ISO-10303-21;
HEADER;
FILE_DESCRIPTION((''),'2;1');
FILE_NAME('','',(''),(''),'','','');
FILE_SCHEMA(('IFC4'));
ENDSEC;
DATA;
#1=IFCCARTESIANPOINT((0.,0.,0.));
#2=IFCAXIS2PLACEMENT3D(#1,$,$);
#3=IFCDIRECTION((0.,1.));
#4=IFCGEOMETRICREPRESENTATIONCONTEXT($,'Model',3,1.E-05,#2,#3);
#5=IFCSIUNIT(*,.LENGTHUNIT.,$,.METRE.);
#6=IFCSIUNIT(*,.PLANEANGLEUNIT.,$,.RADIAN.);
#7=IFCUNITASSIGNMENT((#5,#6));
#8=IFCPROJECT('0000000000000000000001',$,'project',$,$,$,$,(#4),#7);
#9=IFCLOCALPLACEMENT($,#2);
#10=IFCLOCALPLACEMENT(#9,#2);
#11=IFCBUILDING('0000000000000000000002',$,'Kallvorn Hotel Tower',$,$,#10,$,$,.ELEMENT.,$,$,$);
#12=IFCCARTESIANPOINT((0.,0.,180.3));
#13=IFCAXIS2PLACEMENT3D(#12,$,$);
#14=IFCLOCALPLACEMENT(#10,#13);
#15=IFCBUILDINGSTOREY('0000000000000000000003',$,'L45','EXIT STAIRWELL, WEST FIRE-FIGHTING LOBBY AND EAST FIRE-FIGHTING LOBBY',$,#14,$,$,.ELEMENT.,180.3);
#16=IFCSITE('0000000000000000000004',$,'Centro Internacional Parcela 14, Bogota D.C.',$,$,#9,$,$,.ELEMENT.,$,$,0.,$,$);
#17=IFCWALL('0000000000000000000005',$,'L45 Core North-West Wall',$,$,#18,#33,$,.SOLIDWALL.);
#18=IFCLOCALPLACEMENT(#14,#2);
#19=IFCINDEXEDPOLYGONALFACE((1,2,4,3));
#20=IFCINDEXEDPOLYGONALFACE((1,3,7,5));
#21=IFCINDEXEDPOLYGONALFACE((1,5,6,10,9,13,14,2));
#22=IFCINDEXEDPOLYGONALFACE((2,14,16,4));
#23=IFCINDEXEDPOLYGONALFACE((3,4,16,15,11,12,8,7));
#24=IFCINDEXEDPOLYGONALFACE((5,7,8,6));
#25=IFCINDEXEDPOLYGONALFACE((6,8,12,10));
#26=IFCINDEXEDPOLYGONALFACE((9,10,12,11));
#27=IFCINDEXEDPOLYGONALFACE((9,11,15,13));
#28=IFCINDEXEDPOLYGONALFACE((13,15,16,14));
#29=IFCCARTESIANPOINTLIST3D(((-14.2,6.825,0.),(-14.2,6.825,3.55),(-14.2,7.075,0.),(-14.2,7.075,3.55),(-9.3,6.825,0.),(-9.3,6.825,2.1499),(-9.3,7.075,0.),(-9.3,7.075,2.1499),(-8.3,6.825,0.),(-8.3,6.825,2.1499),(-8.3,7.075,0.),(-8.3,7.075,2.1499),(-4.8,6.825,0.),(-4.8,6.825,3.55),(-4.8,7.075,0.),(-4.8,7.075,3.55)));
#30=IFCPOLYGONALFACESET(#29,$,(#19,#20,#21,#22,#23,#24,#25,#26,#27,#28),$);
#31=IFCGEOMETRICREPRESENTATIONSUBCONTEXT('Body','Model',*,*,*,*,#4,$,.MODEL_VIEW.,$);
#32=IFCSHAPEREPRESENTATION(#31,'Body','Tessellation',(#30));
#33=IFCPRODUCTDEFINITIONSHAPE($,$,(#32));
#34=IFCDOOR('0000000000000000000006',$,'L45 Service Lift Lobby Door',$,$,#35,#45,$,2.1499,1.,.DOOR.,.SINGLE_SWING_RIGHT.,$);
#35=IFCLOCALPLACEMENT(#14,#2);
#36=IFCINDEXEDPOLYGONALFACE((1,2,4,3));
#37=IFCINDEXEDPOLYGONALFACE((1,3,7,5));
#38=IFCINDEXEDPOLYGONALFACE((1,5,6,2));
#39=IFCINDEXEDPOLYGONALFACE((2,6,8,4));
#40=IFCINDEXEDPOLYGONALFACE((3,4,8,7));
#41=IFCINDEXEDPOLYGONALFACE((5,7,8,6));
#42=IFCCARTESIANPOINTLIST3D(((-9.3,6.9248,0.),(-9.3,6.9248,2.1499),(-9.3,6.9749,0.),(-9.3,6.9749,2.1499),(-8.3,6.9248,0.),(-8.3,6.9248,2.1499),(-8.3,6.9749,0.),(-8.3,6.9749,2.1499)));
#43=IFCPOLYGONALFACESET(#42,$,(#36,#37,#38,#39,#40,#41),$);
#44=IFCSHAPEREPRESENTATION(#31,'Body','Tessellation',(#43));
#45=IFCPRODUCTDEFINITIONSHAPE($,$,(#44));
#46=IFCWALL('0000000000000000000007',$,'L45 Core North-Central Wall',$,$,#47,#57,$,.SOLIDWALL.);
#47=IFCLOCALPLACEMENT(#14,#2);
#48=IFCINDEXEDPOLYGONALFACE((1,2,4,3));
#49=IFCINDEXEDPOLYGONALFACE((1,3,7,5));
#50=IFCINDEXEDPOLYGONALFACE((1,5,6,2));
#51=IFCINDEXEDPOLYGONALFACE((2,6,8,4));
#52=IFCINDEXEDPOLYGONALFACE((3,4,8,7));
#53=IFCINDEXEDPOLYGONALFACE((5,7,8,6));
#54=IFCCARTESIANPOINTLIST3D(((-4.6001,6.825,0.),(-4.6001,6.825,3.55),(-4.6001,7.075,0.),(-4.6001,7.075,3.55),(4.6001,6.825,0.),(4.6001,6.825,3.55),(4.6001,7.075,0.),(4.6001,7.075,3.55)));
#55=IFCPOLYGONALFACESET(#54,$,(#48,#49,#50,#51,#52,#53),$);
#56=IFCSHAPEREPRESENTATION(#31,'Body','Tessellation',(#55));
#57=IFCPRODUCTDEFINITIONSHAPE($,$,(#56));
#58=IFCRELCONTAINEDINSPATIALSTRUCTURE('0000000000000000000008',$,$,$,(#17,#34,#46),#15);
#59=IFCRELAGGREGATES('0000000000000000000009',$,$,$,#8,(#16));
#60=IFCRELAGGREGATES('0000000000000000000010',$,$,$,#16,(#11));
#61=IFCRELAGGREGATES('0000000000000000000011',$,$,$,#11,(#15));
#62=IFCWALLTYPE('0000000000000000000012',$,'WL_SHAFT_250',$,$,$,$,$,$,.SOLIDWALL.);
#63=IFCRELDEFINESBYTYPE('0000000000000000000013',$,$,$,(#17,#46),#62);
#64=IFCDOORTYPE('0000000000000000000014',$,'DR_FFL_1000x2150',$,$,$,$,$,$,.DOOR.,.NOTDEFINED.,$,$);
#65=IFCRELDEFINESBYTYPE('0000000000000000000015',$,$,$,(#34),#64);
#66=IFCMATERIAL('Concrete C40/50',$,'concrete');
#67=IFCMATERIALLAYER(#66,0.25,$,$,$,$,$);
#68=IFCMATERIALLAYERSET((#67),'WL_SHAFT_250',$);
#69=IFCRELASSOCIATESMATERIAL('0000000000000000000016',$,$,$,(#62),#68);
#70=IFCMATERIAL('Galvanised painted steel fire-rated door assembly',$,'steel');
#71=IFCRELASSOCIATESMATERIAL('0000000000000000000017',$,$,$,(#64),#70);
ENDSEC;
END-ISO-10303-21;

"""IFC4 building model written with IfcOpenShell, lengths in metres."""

from ifc_helpers import new_model, si_unit, direction, frame, frame_2d, origin, place, context, subcontext, project, spatial, rectangle, extrude, material, layer, layer_set, type_object, element, fill, save


model = new_model("IFC4")

# Units and contexts
model_context = context("Model", 3, precision=1e-05, world=origin(), true_north=direction((0.0, 1.0)))
body_context = subcontext(model_context, "Body", "Model", "MODEL_VIEW")
ifc_project = project(units=[si_unit("LENGTHUNIT", "METRE"), si_unit("PLANEANGLEUNIT", "RADIAN")], contexts=[model_context])

# Site, building, storey
site_placement = place(None, origin())
site = spatial("IfcSite", under=ifc_project, at=site_placement, Name="Centro Internacional Parcela 14, Bogota D.C.", CompositionType="ELEMENT", RefElevation=0.0)
building_placement = place(site_placement, origin())
building = spatial("IfcBuilding", under=site, at=building_placement, Name="Kallvorn Hotel Tower", CompositionType="ELEMENT")
storey_placement = place(building_placement, frame((0.0, 0.0, 180.3)))
storey = spatial("IfcBuildingStorey", under=building, at=storey_placement, Name="L45", Description="EXIT STAIRWELL, WEST FIRE-FIGHTING LOBBY AND EAST FIRE-FIGHTING LOBBY", CompositionType="ELEMENT", Elevation=180.3)

# Wall, opening, door
ifc_material_1 = material(Name="Concrete C40/50", Category="concrete")
ifc_layer_1 = layer(ifc_material_1, 0.25)
ifc_layer_set_1 = layer_set([ifc_layer_1], Name="WL_SHAFT_250")
wall_type = type_object("IfcWallType", Name="WL_SHAFT_250", PredefinedType="SOLIDWALL", material=ifc_layer_set_1)
wall_1_placement = place(storey_placement, frame((-14.2, 6.95, 0.0), z_axis=(0.0, 0.0, 1.0), x_axis=(1.0, 0.0, 0.0)))
wall_1 = element("IfcWall", 1, at=wall_1_placement, inside=storey, type_object=wall_type, Name="L45 Core North-West Wall", PredefinedType="SOLIDWALL", context=body_context, shape_type="SweptSolid", body=[
    extrude(rectangle(XDim=9.3999, YDim=0.25, at=frame_2d((4.7, 0.0))), origin(), (0.0, 0.0, 1.0), 3.55),
])
opening_placement = place(wall_1_placement, frame((4.8999, 0.0, 0.0)))
opening = element("IfcOpeningElement", 2, at=opening_placement, cuts=wall_1, PredefinedType="OPENING", context=body_context, shape_type="SweptSolid", body=[
    extrude(rectangle(XDim=1.0, YDim=2.1499, at=frame_2d((0.5, 1.075))), frame((0.0, 0.1399, 0.0), z_axis=(0.0, -1.0, 0.0), x_axis=(1.0, 0.0, 0.0)), (0.0, 0.0, 1.0), 0.28),
])
ifc_material_2 = material(Name="Galvanised painted steel fire-rated door assembly", Category="steel")
door_type = type_object("IfcDoorType", Name="DR_FFL_1000x2150", OperationType="NOTDEFINED", PredefinedType="DOOR", material=ifc_material_2)
door_placement = place(opening_placement, origin())
door = element("IfcDoor", 3, at=door_placement, inside=storey, type_object=door_type, Name="L45 Service Lift Lobby Door", OperationType="SINGLE_SWING_RIGHT", OverallHeight=2.1499, OverallWidth=1.0, PredefinedType="DOOR", context=body_context, shape_type="SweptSolid", body=[
    extrude(rectangle(XDim=1.0, YDim=2.1499, at=frame_2d((0.5, 1.075))), frame((0.0, 0.0249, 0.0), z_axis=(0.0, -1.0, 0.0), x_axis=(1.0, 0.0, 0.0)), (0.0, 0.0, 1.0), 0.05),
])
fill(opening, door)

# Wall
wall_2_placement = place(storey_placement, frame((-4.6001, 6.95, 0.0), z_axis=(0.0, 0.0, 1.0), x_axis=(1.0, 0.0, 0.0)))
element("IfcWall", 4, at=wall_2_placement, inside=storey, type_object=wall_type, Name="L45 Core North-Central Wall", PredefinedType="SOLIDWALL", context=body_context, shape_type="SweptSolid", body=[
    extrude(rectangle(XDim=9.2002, YDim=0.25, at=frame_2d((4.6001, 0.0))), origin(), (0.0, 0.0, 1.0), 3.55),
])

save(model, "model.ifc")
